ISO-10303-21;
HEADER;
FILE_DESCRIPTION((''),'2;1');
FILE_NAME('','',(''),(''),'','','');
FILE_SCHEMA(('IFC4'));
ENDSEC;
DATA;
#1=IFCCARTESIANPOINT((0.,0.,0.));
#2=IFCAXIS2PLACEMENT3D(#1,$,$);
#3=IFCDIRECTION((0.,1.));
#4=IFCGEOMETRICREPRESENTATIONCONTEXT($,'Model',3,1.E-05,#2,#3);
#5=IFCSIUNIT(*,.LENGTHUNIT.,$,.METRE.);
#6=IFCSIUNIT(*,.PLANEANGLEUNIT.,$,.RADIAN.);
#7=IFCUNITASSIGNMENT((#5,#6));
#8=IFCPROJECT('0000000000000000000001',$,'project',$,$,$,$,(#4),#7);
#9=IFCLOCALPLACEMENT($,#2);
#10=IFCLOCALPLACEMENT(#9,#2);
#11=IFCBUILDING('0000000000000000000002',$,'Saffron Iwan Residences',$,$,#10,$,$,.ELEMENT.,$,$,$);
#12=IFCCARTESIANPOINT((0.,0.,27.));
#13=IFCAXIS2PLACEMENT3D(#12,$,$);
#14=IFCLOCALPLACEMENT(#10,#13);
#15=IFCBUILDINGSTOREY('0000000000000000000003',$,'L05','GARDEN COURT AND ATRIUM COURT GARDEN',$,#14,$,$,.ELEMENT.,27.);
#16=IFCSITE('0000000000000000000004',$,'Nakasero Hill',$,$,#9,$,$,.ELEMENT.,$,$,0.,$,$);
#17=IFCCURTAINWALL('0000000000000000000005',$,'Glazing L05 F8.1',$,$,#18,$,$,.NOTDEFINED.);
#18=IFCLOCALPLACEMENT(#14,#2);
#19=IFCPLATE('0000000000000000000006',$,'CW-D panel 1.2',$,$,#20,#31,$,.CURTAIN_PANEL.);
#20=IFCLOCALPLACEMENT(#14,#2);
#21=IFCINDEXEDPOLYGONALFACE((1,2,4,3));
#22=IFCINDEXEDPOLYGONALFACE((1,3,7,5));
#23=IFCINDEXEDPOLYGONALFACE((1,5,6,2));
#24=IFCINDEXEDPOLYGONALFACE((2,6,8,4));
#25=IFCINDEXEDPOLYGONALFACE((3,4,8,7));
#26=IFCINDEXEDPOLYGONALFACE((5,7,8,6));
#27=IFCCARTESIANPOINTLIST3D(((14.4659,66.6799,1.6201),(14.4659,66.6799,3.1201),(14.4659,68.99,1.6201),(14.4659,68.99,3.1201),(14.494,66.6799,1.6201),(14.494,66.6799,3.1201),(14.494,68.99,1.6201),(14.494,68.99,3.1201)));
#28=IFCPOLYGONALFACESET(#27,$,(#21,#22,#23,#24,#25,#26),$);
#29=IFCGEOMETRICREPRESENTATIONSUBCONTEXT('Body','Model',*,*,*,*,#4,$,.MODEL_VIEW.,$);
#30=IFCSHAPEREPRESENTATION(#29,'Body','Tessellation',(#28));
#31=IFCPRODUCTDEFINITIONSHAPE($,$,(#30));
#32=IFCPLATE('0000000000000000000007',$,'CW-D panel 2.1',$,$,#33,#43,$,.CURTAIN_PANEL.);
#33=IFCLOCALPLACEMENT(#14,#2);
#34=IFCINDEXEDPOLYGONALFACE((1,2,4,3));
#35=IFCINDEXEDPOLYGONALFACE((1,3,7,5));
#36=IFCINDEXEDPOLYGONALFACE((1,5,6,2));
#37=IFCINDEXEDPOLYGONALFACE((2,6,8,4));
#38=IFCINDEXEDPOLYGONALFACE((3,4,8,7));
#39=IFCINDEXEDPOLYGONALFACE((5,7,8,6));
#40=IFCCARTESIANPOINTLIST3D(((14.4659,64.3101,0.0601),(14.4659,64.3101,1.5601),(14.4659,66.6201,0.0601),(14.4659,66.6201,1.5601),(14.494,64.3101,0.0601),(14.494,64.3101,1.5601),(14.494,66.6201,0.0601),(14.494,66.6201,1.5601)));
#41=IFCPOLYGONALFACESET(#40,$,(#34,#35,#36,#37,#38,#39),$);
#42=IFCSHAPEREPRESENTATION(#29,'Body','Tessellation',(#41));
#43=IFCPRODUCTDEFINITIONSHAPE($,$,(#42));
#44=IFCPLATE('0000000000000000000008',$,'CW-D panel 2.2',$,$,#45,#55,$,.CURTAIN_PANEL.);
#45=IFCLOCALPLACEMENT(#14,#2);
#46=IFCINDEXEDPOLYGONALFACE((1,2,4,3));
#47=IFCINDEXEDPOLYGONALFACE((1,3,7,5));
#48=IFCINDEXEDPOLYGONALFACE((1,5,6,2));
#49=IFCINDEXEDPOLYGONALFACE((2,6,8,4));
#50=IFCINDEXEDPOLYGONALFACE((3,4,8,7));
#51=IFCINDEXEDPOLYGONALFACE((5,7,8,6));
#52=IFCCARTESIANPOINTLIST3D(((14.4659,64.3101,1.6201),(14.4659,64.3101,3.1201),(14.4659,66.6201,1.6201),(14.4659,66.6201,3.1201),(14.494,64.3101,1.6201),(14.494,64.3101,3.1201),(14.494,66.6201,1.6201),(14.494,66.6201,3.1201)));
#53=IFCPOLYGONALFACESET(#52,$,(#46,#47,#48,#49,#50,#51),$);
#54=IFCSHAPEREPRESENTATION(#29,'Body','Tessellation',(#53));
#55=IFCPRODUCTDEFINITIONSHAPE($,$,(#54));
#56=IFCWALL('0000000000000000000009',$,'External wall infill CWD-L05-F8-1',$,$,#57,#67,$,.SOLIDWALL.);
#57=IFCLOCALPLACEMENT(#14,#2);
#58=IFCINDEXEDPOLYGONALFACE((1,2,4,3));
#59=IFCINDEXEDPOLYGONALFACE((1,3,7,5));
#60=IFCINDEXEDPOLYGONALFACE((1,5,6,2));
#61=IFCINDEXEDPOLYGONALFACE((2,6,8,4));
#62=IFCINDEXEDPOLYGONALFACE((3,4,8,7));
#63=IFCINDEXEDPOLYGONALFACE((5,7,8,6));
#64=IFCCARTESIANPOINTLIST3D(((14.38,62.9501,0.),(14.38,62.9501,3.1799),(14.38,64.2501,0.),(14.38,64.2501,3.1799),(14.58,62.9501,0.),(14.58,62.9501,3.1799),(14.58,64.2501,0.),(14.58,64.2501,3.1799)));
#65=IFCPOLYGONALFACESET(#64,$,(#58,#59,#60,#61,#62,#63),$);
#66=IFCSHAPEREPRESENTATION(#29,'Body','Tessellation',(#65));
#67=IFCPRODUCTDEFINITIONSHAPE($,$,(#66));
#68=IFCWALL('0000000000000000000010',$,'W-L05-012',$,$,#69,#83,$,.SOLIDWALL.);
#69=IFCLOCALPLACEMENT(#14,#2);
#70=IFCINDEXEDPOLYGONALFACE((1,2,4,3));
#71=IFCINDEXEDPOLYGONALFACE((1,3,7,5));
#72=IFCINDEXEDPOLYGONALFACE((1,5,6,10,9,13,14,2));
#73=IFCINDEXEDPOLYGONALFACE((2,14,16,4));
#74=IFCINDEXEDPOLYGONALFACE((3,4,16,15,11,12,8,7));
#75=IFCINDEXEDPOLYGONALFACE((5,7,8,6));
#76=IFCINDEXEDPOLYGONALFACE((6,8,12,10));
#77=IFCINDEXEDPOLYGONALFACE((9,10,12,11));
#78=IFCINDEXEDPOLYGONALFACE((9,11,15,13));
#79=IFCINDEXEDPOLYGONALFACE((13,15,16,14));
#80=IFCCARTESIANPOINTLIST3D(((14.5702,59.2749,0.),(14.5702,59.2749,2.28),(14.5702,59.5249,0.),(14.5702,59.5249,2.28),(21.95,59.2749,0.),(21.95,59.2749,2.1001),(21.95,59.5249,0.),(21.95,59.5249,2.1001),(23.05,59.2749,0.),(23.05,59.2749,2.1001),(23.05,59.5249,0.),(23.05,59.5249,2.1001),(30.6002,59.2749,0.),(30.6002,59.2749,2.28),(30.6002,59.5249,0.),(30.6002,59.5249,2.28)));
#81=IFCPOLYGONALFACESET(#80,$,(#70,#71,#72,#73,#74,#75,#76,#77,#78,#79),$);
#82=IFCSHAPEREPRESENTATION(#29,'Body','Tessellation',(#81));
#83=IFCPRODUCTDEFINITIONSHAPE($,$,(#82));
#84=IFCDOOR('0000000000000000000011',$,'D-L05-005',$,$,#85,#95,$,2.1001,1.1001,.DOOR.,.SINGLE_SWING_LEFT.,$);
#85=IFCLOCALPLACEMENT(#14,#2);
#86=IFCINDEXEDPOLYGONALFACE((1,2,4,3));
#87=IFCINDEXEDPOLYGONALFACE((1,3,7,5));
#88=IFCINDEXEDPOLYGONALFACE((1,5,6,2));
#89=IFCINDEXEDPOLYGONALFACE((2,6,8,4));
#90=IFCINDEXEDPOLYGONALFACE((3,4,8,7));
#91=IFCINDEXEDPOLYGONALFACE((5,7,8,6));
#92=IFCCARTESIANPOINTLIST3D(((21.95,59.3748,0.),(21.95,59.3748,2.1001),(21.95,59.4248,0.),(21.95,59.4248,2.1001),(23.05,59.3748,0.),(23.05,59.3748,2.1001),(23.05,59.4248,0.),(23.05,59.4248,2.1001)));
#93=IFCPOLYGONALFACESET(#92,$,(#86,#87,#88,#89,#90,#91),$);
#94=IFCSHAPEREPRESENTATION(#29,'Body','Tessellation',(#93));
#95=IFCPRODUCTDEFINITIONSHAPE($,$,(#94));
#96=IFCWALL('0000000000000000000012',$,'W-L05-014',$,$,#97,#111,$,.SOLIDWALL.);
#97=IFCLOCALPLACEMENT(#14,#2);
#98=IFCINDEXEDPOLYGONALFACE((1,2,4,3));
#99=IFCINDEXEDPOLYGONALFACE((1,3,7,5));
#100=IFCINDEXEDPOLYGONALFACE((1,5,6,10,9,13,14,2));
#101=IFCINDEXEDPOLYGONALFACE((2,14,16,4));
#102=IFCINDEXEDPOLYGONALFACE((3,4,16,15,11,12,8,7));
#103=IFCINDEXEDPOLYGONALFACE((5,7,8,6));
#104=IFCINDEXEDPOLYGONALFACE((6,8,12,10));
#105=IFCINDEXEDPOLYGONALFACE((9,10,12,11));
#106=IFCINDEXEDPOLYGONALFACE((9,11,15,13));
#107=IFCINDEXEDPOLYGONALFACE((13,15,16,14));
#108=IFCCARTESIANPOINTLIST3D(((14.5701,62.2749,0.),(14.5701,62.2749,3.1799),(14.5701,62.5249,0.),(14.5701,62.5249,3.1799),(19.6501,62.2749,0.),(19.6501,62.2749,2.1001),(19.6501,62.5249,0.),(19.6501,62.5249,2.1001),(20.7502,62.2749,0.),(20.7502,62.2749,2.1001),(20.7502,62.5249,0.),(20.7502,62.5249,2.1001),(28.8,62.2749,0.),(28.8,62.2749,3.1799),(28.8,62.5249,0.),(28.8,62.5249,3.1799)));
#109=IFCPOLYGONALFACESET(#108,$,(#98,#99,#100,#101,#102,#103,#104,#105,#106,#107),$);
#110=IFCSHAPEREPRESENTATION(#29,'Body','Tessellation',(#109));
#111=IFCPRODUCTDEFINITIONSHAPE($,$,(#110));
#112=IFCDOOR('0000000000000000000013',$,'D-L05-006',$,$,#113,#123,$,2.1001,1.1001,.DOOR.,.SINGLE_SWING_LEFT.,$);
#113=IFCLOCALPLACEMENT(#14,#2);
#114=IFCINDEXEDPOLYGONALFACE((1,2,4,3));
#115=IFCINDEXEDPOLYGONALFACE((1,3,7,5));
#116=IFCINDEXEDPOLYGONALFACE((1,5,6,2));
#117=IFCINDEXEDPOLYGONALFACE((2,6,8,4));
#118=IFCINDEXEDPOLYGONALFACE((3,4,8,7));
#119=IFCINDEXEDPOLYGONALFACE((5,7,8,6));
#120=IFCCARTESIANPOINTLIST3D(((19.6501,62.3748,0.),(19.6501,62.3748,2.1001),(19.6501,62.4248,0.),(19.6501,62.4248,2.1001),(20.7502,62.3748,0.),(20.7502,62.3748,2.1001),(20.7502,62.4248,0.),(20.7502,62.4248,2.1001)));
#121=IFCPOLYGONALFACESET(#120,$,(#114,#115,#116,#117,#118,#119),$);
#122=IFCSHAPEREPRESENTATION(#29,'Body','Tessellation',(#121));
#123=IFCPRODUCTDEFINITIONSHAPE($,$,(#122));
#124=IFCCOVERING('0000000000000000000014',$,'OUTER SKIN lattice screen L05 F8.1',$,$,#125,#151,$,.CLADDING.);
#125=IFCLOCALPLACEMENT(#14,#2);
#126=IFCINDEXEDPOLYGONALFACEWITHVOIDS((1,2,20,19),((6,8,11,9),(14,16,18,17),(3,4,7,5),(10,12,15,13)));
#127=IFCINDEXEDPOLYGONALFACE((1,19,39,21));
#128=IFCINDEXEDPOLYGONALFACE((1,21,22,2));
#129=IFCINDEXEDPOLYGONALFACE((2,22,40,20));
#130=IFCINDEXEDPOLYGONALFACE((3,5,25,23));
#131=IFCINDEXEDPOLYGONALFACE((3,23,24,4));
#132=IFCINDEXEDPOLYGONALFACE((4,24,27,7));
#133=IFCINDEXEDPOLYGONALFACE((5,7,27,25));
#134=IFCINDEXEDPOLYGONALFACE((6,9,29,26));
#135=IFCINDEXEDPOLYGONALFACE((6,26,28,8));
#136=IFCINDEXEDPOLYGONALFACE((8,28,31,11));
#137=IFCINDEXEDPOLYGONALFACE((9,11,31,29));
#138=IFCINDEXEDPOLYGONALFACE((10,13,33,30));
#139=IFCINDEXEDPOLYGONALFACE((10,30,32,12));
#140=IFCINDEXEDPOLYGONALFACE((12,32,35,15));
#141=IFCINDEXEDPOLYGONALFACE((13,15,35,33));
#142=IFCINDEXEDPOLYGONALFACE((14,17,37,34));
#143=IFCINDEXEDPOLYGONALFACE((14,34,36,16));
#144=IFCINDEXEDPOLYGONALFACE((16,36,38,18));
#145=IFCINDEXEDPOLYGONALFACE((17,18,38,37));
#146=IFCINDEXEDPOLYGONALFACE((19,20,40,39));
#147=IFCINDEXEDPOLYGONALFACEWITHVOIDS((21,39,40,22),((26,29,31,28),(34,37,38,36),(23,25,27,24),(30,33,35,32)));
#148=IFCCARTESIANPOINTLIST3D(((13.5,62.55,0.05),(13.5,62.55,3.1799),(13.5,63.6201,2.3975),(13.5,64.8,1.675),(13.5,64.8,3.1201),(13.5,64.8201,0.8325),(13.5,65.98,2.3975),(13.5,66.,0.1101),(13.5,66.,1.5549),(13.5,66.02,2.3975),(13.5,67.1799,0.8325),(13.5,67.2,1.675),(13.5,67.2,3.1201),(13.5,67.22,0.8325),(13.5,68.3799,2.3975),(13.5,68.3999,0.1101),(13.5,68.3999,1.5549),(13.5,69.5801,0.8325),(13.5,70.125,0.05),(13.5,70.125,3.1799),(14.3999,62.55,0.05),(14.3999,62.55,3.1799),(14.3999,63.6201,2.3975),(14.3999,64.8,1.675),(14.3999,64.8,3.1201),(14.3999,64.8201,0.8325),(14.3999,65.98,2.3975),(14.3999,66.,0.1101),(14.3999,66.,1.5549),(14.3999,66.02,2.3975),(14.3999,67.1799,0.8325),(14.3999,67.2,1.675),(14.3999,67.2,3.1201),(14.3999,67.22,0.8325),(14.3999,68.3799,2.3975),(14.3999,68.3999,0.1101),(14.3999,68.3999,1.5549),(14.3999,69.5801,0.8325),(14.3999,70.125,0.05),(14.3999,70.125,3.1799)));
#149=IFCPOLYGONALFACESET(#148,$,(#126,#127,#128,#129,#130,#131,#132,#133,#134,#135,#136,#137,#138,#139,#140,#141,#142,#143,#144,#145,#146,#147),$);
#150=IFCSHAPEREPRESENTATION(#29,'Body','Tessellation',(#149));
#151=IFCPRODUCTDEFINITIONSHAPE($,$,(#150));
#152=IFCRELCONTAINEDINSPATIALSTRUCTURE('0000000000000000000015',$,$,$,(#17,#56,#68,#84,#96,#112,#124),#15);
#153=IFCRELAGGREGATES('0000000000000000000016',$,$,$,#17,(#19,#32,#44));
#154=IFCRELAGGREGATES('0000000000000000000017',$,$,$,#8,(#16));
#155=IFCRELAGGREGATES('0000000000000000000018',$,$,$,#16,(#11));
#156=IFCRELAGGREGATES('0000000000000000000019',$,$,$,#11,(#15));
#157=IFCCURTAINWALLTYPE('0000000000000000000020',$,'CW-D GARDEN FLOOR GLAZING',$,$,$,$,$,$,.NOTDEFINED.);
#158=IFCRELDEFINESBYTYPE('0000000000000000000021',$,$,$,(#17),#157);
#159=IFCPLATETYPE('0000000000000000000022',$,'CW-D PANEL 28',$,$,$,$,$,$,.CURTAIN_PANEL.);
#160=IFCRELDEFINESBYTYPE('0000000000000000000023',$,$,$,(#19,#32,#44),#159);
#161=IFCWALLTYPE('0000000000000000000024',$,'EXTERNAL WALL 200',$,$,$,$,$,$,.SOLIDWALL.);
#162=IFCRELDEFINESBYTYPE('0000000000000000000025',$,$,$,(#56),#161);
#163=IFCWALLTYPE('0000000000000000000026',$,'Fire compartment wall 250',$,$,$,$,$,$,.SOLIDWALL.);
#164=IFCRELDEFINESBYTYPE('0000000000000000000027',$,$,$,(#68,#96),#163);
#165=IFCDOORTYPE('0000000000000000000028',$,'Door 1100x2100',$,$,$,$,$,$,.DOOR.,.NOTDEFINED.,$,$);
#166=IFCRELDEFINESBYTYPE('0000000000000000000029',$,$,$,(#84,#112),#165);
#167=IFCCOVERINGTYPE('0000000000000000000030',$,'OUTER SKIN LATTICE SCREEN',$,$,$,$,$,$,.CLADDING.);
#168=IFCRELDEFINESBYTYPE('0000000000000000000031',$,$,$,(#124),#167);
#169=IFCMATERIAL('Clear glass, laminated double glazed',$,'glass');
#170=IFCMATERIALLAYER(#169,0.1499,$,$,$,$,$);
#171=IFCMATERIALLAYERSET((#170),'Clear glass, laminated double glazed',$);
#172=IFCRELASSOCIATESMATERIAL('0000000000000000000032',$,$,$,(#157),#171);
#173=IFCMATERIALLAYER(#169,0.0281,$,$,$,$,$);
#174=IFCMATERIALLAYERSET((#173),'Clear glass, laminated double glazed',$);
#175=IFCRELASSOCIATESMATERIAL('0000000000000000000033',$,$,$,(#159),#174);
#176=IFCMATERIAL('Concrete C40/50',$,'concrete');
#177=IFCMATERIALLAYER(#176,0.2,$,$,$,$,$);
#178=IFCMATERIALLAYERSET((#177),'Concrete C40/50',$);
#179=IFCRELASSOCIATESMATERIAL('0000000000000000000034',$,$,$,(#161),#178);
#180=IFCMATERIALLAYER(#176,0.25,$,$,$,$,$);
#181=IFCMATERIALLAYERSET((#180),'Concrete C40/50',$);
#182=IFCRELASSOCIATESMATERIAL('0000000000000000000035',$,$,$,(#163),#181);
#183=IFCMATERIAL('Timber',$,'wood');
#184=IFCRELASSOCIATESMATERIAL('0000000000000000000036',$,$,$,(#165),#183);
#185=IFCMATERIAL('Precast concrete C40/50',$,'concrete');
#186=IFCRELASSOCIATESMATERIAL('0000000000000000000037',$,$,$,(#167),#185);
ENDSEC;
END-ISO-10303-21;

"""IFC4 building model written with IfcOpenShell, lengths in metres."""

from ifc_helpers import new_model, si_unit, direction, frame, frame_2d, origin, origin_2d, place, context, subcontext, project, spatial, polyline, rectangle, outline, extrude, source, transform, mapped, material, layer, layer_set, type_object, element, fill, aggregate, save


model = new_model("IFC4")

# Units and contexts
model_context = context("Model", 3, precision=1e-05, world=origin(), true_north=direction((0.0, 1.0)))
body_context = subcontext(model_context, "Body", "Model", "MODEL_VIEW")
ifc_project = project(units=[si_unit("LENGTHUNIT", "METRE"), si_unit("PLANEANGLEUNIT", "RADIAN")], contexts=[model_context])

# Site, building, storey
site_placement = place(None, origin())
site = spatial("IfcSite", under=ifc_project, at=site_placement, Name="Nakasero Hill", CompositionType="ELEMENT", RefElevation=0.0)
building_placement = place(site_placement, origin())
building = spatial("IfcBuilding", under=site, at=building_placement, Name="Saffron Iwan Residences", CompositionType="ELEMENT")
storey_placement = place(building_placement, frame((0.0, 0.0, 27.0)))
storey = spatial("IfcBuildingStorey", under=building, at=storey_placement, Name="L05", Description="GARDEN COURT AND ATRIUM COURT GARDEN", CompositionType="ELEMENT", Elevation=27.0)

# Curtain wall, plates
ifc_material_1 = material(Name="Clear glass, laminated double glazed", Category="glass")
ifc_layer_1 = layer(ifc_material_1, 0.1499)
ifc_layer_set_1 = layer_set([ifc_layer_1], Name="Clear glass, laminated double glazed")
curtain_wall_type = type_object("IfcCurtainWallType", Name="CW-D GARDEN FLOOR GLAZING", PredefinedType="NOTDEFINED", material=ifc_layer_set_1)
curtain_wall_placement = place(storey_placement, origin())
curtain_wall = element("IfcCurtainWall", 1, at=curtain_wall_placement, inside=storey, type_object=curtain_wall_type, Name="Glazing L05 F8.1", PredefinedType="NOTDEFINED")
ifc_layer_2 = layer(ifc_material_1, 0.0281)
ifc_layer_set_2 = layer_set([ifc_layer_2], Name="Clear glass, laminated double glazed")
plate_type = type_object("IfcPlateType", Name="CW-D PANEL 28", PredefinedType="CURTAIN_PANEL", material=ifc_layer_set_2)
shared_shape_1 = source(origin(), body_context, "Body", "SweptSolid", [
    extrude(rectangle(XDim=2.3101, YDim=0.0281, at=origin_2d()), origin(), (0.0, 0.0, 1.0), 1.5),
])
plate_1_placement = place(storey_placement, frame((14.48, 67.835, 1.6201), z_axis=(0.0, 0.0, 1.0), x_axis=(0.0, -1.0, 0.0)))
plate_1 = element("IfcPlate", 2, at=plate_1_placement, type_object=plate_type, Name="CW-D panel 1.2", PredefinedType="CURTAIN_PANEL", context=body_context, shape_type="MappedRepresentation", body=[
    mapped(shared_shape_1, transform((0.0, 0.0, 0.0))),
])
plate_2_placement = place(storey_placement, frame((14.48, 65.4651, 0.0601), z_axis=(0.0, 0.0, 1.0), x_axis=(0.0, -1.0, 0.0)))
plate_2 = element("IfcPlate", 3, at=plate_2_placement, type_object=plate_type, Name="CW-D panel 2.1", PredefinedType="CURTAIN_PANEL", context=body_context, shape_type="MappedRepresentation", body=[
    mapped(shared_shape_1, transform((0.0, 0.0, 0.0))),
])
plate_3_placement = place(storey_placement, frame((14.48, 65.4651, 1.6201), z_axis=(0.0, 0.0, 1.0), x_axis=(0.0, -1.0, 0.0)))
plate_3 = element("IfcPlate", 4, at=plate_3_placement, type_object=plate_type, Name="CW-D panel 2.2", PredefinedType="CURTAIN_PANEL", context=body_context, shape_type="MappedRepresentation", body=[
    mapped(shared_shape_1, transform((0.0, 0.0, 0.0))),
])
aggregate(curtain_wall, [plate_1, plate_2, plate_3])

# Shared definitions
ifc_material_2 = material(Name="Concrete C40/50", Category="concrete")
ifc_layer_3 = layer(ifc_material_2, 0.2)
ifc_layer_set_3 = layer_set([ifc_layer_3], Name="Concrete C40/50")
wall_type_1 = type_object("IfcWallType", Name="EXTERNAL WALL 200", PredefinedType="SOLIDWALL", material=ifc_layer_set_3)

# Wall
wall_1_placement = place(storey_placement, frame((14.48, 64.25, 0.0), z_axis=(0.0, 0.0, 1.0), x_axis=(0.0, -1.0, 0.0)))
element("IfcWall", 5, at=wall_1_placement, inside=storey, type_object=wall_type_1, Name="External wall infill CWD-L05-F8-1", PredefinedType="SOLIDWALL", context=body_context, shape_type="SweptSolid", body=[
    extrude(rectangle(XDim=1.3, YDim=0.2, at=frame_2d((0.6499, 0.0))), origin(), (0.0, 0.0, 1.0), 3.1799),
])

# Walls, openings, doors
ifc_layer_4 = layer(ifc_material_2, 0.25)
ifc_layer_set_4 = layer_set([ifc_layer_4], Name="Concrete C40/50")
wall_type_2 = type_object("IfcWallType", Name="Fire compartment wall 250", PredefinedType="SOLIDWALL", material=ifc_layer_set_4)
wall_2_placement = place(storey_placement, frame((14.5701, 59.3999, 0.0), z_axis=(0.0, 0.0, 1.0), x_axis=(1.0, 0.0, 0.0)))
wall_2 = element("IfcWall", 6, at=wall_2_placement, inside=storey, type_object=wall_type_2, Name="W-L05-012", PredefinedType="SOLIDWALL", context=body_context, shape_type="SweptSolid", body=[
    extrude(rectangle(XDim=16.03, YDim=0.25, at=frame_2d((8.0151, 0.0))), origin(), (0.0, 0.0, 1.0), 2.28),
])
opening_1_placement = place(wall_2_placement, frame((7.3799, 0.0, 0.0)))
opening_1 = element("IfcOpeningElement", 7, at=opening_1_placement, cuts=wall_2, PredefinedType="OPENING", context=body_context, shape_type="SweptSolid", body=[
    extrude(rectangle(XDim=1.1001, YDim=2.1001, at=frame_2d((0.55, 1.05))), frame((0.0, 0.135, 0.0), z_axis=(0.0, -1.0, 0.0), x_axis=(1.0, 0.0, 0.0)), (0.0, 0.0, 1.0), 0.27),
])
ifc_material_3 = material(Name="Timber", Category="wood")
door_type_1 = type_object("IfcDoorType", Name="Door 1100x2100", OperationType="NOTDEFINED", PredefinedType="DOOR", material=ifc_material_3)
door_1_placement = place(opening_1_placement, origin())
door_1 = element("IfcDoor", 8, at=door_1_placement, inside=storey, type_object=door_type_1, Name="D-L05-005", OperationType="SINGLE_SWING_LEFT", OverallHeight=2.1001, OverallWidth=1.1001, PredefinedType="DOOR", context=body_context, shape_type="SweptSolid", body=[
    extrude(rectangle(XDim=1.1001, YDim=2.1001, at=frame_2d((0.55, 1.05))), frame((0.0, 0.0249, 0.0), z_axis=(0.0, -1.0, 0.0), x_axis=(1.0, 0.0, 0.0)), (0.0, 0.0, 1.0), 0.05),
])
fill(opening_1, door_1)
wall_3_placement = place(storey_placement, frame((14.5701, 62.3999, 0.0), z_axis=(0.0, 0.0, 1.0), x_axis=(1.0, 0.0, 0.0)))
wall_3 = element("IfcWall", 9, at=wall_3_placement, inside=storey, type_object=wall_type_2, Name="W-L05-014", PredefinedType="SOLIDWALL", context=body_context, shape_type="SweptSolid", body=[
    extrude(rectangle(XDim=14.23, YDim=0.25, at=frame_2d((7.115, 0.0))), origin(), (0.0, 0.0, 1.0), 3.1799),
])
opening_2_placement = place(wall_3_placement, frame((5.0801, 0.0, 0.0)))
opening_2 = element("IfcOpeningElement", 10, at=opening_2_placement, cuts=wall_3, PredefinedType="OPENING", context=body_context, shape_type="SweptSolid", body=[
    extrude(rectangle(XDim=1.1001, YDim=2.1001, at=frame_2d((0.55, 1.05))), frame((0.0, 0.135, 0.0), z_axis=(0.0, -1.0, 0.0), x_axis=(1.0, 0.0, 0.0)), (0.0, 0.0, 1.0), 0.27),
])
door_2_placement = place(opening_2_placement, origin())
door_2 = element("IfcDoor", 11, at=door_2_placement, inside=storey, type_object=door_type_1, Name="D-L05-006", OperationType="SINGLE_SWING_LEFT", OverallHeight=2.1001, OverallWidth=1.1001, PredefinedType="DOOR", context=body_context, shape_type="SweptSolid", body=[
    extrude(rectangle(XDim=1.1001, YDim=2.1001, at=frame_2d((0.55, 1.05))), frame((0.0, 0.0249, 0.0), z_axis=(0.0, -1.0, 0.0), x_axis=(1.0, 0.0, 0.0)), (0.0, 0.0, 1.0), 0.05),
])
fill(opening_2, door_2)

# Covering
ifc_material_4 = material(Name="Precast concrete C40/50", Category="concrete")
covering_type = type_object("IfcCoveringType", Name="OUTER SKIN LATTICE SCREEN", PredefinedType="CLADDING", material=ifc_material_4)
covering_placement = place(storey_placement, frame((14.3999, 70.125, 0.05), z_axis=(-1.0, 0.0, 0.0), x_axis=(0.0, -1.0, 0.0)))
element("IfcCovering", 12, at=covering_placement, inside=storey, type_object=covering_type, Name="OUTER SKIN lattice screen L05 F8.1", PredefinedType="CLADDING", context=body_context, shape_type="SweptSolid", body=[
    extrude(outline(polyline([(0.0, 0.0), (7.575, 0.0), (7.575, 3.1299), (0.0, 3.1299), (0.0, 0.0)]), holes=[polyline([(0.5449, 0.7825), (1.7251, 0.0601), (2.905, 0.7825), (1.7251, 1.5049), (0.5449, 0.7825)]), polyline([(2.9451, 0.7825), (4.125, 0.0601), (5.3049, 0.7825), (4.125, 1.5049), (2.9451, 0.7825)]), polyline([(1.7451, 2.3474), (2.925, 1.625), (4.105, 2.3474), (2.925, 3.0701), (1.7451, 2.3474)]), polyline([(4.145, 2.3474), (5.325, 1.625), (6.5049, 2.3474), (5.325, 3.0701), (4.145, 2.3474)])]), origin(), (0.0, 0.0, 1.0), 0.8999),
])

save(model, "model.ifc")
